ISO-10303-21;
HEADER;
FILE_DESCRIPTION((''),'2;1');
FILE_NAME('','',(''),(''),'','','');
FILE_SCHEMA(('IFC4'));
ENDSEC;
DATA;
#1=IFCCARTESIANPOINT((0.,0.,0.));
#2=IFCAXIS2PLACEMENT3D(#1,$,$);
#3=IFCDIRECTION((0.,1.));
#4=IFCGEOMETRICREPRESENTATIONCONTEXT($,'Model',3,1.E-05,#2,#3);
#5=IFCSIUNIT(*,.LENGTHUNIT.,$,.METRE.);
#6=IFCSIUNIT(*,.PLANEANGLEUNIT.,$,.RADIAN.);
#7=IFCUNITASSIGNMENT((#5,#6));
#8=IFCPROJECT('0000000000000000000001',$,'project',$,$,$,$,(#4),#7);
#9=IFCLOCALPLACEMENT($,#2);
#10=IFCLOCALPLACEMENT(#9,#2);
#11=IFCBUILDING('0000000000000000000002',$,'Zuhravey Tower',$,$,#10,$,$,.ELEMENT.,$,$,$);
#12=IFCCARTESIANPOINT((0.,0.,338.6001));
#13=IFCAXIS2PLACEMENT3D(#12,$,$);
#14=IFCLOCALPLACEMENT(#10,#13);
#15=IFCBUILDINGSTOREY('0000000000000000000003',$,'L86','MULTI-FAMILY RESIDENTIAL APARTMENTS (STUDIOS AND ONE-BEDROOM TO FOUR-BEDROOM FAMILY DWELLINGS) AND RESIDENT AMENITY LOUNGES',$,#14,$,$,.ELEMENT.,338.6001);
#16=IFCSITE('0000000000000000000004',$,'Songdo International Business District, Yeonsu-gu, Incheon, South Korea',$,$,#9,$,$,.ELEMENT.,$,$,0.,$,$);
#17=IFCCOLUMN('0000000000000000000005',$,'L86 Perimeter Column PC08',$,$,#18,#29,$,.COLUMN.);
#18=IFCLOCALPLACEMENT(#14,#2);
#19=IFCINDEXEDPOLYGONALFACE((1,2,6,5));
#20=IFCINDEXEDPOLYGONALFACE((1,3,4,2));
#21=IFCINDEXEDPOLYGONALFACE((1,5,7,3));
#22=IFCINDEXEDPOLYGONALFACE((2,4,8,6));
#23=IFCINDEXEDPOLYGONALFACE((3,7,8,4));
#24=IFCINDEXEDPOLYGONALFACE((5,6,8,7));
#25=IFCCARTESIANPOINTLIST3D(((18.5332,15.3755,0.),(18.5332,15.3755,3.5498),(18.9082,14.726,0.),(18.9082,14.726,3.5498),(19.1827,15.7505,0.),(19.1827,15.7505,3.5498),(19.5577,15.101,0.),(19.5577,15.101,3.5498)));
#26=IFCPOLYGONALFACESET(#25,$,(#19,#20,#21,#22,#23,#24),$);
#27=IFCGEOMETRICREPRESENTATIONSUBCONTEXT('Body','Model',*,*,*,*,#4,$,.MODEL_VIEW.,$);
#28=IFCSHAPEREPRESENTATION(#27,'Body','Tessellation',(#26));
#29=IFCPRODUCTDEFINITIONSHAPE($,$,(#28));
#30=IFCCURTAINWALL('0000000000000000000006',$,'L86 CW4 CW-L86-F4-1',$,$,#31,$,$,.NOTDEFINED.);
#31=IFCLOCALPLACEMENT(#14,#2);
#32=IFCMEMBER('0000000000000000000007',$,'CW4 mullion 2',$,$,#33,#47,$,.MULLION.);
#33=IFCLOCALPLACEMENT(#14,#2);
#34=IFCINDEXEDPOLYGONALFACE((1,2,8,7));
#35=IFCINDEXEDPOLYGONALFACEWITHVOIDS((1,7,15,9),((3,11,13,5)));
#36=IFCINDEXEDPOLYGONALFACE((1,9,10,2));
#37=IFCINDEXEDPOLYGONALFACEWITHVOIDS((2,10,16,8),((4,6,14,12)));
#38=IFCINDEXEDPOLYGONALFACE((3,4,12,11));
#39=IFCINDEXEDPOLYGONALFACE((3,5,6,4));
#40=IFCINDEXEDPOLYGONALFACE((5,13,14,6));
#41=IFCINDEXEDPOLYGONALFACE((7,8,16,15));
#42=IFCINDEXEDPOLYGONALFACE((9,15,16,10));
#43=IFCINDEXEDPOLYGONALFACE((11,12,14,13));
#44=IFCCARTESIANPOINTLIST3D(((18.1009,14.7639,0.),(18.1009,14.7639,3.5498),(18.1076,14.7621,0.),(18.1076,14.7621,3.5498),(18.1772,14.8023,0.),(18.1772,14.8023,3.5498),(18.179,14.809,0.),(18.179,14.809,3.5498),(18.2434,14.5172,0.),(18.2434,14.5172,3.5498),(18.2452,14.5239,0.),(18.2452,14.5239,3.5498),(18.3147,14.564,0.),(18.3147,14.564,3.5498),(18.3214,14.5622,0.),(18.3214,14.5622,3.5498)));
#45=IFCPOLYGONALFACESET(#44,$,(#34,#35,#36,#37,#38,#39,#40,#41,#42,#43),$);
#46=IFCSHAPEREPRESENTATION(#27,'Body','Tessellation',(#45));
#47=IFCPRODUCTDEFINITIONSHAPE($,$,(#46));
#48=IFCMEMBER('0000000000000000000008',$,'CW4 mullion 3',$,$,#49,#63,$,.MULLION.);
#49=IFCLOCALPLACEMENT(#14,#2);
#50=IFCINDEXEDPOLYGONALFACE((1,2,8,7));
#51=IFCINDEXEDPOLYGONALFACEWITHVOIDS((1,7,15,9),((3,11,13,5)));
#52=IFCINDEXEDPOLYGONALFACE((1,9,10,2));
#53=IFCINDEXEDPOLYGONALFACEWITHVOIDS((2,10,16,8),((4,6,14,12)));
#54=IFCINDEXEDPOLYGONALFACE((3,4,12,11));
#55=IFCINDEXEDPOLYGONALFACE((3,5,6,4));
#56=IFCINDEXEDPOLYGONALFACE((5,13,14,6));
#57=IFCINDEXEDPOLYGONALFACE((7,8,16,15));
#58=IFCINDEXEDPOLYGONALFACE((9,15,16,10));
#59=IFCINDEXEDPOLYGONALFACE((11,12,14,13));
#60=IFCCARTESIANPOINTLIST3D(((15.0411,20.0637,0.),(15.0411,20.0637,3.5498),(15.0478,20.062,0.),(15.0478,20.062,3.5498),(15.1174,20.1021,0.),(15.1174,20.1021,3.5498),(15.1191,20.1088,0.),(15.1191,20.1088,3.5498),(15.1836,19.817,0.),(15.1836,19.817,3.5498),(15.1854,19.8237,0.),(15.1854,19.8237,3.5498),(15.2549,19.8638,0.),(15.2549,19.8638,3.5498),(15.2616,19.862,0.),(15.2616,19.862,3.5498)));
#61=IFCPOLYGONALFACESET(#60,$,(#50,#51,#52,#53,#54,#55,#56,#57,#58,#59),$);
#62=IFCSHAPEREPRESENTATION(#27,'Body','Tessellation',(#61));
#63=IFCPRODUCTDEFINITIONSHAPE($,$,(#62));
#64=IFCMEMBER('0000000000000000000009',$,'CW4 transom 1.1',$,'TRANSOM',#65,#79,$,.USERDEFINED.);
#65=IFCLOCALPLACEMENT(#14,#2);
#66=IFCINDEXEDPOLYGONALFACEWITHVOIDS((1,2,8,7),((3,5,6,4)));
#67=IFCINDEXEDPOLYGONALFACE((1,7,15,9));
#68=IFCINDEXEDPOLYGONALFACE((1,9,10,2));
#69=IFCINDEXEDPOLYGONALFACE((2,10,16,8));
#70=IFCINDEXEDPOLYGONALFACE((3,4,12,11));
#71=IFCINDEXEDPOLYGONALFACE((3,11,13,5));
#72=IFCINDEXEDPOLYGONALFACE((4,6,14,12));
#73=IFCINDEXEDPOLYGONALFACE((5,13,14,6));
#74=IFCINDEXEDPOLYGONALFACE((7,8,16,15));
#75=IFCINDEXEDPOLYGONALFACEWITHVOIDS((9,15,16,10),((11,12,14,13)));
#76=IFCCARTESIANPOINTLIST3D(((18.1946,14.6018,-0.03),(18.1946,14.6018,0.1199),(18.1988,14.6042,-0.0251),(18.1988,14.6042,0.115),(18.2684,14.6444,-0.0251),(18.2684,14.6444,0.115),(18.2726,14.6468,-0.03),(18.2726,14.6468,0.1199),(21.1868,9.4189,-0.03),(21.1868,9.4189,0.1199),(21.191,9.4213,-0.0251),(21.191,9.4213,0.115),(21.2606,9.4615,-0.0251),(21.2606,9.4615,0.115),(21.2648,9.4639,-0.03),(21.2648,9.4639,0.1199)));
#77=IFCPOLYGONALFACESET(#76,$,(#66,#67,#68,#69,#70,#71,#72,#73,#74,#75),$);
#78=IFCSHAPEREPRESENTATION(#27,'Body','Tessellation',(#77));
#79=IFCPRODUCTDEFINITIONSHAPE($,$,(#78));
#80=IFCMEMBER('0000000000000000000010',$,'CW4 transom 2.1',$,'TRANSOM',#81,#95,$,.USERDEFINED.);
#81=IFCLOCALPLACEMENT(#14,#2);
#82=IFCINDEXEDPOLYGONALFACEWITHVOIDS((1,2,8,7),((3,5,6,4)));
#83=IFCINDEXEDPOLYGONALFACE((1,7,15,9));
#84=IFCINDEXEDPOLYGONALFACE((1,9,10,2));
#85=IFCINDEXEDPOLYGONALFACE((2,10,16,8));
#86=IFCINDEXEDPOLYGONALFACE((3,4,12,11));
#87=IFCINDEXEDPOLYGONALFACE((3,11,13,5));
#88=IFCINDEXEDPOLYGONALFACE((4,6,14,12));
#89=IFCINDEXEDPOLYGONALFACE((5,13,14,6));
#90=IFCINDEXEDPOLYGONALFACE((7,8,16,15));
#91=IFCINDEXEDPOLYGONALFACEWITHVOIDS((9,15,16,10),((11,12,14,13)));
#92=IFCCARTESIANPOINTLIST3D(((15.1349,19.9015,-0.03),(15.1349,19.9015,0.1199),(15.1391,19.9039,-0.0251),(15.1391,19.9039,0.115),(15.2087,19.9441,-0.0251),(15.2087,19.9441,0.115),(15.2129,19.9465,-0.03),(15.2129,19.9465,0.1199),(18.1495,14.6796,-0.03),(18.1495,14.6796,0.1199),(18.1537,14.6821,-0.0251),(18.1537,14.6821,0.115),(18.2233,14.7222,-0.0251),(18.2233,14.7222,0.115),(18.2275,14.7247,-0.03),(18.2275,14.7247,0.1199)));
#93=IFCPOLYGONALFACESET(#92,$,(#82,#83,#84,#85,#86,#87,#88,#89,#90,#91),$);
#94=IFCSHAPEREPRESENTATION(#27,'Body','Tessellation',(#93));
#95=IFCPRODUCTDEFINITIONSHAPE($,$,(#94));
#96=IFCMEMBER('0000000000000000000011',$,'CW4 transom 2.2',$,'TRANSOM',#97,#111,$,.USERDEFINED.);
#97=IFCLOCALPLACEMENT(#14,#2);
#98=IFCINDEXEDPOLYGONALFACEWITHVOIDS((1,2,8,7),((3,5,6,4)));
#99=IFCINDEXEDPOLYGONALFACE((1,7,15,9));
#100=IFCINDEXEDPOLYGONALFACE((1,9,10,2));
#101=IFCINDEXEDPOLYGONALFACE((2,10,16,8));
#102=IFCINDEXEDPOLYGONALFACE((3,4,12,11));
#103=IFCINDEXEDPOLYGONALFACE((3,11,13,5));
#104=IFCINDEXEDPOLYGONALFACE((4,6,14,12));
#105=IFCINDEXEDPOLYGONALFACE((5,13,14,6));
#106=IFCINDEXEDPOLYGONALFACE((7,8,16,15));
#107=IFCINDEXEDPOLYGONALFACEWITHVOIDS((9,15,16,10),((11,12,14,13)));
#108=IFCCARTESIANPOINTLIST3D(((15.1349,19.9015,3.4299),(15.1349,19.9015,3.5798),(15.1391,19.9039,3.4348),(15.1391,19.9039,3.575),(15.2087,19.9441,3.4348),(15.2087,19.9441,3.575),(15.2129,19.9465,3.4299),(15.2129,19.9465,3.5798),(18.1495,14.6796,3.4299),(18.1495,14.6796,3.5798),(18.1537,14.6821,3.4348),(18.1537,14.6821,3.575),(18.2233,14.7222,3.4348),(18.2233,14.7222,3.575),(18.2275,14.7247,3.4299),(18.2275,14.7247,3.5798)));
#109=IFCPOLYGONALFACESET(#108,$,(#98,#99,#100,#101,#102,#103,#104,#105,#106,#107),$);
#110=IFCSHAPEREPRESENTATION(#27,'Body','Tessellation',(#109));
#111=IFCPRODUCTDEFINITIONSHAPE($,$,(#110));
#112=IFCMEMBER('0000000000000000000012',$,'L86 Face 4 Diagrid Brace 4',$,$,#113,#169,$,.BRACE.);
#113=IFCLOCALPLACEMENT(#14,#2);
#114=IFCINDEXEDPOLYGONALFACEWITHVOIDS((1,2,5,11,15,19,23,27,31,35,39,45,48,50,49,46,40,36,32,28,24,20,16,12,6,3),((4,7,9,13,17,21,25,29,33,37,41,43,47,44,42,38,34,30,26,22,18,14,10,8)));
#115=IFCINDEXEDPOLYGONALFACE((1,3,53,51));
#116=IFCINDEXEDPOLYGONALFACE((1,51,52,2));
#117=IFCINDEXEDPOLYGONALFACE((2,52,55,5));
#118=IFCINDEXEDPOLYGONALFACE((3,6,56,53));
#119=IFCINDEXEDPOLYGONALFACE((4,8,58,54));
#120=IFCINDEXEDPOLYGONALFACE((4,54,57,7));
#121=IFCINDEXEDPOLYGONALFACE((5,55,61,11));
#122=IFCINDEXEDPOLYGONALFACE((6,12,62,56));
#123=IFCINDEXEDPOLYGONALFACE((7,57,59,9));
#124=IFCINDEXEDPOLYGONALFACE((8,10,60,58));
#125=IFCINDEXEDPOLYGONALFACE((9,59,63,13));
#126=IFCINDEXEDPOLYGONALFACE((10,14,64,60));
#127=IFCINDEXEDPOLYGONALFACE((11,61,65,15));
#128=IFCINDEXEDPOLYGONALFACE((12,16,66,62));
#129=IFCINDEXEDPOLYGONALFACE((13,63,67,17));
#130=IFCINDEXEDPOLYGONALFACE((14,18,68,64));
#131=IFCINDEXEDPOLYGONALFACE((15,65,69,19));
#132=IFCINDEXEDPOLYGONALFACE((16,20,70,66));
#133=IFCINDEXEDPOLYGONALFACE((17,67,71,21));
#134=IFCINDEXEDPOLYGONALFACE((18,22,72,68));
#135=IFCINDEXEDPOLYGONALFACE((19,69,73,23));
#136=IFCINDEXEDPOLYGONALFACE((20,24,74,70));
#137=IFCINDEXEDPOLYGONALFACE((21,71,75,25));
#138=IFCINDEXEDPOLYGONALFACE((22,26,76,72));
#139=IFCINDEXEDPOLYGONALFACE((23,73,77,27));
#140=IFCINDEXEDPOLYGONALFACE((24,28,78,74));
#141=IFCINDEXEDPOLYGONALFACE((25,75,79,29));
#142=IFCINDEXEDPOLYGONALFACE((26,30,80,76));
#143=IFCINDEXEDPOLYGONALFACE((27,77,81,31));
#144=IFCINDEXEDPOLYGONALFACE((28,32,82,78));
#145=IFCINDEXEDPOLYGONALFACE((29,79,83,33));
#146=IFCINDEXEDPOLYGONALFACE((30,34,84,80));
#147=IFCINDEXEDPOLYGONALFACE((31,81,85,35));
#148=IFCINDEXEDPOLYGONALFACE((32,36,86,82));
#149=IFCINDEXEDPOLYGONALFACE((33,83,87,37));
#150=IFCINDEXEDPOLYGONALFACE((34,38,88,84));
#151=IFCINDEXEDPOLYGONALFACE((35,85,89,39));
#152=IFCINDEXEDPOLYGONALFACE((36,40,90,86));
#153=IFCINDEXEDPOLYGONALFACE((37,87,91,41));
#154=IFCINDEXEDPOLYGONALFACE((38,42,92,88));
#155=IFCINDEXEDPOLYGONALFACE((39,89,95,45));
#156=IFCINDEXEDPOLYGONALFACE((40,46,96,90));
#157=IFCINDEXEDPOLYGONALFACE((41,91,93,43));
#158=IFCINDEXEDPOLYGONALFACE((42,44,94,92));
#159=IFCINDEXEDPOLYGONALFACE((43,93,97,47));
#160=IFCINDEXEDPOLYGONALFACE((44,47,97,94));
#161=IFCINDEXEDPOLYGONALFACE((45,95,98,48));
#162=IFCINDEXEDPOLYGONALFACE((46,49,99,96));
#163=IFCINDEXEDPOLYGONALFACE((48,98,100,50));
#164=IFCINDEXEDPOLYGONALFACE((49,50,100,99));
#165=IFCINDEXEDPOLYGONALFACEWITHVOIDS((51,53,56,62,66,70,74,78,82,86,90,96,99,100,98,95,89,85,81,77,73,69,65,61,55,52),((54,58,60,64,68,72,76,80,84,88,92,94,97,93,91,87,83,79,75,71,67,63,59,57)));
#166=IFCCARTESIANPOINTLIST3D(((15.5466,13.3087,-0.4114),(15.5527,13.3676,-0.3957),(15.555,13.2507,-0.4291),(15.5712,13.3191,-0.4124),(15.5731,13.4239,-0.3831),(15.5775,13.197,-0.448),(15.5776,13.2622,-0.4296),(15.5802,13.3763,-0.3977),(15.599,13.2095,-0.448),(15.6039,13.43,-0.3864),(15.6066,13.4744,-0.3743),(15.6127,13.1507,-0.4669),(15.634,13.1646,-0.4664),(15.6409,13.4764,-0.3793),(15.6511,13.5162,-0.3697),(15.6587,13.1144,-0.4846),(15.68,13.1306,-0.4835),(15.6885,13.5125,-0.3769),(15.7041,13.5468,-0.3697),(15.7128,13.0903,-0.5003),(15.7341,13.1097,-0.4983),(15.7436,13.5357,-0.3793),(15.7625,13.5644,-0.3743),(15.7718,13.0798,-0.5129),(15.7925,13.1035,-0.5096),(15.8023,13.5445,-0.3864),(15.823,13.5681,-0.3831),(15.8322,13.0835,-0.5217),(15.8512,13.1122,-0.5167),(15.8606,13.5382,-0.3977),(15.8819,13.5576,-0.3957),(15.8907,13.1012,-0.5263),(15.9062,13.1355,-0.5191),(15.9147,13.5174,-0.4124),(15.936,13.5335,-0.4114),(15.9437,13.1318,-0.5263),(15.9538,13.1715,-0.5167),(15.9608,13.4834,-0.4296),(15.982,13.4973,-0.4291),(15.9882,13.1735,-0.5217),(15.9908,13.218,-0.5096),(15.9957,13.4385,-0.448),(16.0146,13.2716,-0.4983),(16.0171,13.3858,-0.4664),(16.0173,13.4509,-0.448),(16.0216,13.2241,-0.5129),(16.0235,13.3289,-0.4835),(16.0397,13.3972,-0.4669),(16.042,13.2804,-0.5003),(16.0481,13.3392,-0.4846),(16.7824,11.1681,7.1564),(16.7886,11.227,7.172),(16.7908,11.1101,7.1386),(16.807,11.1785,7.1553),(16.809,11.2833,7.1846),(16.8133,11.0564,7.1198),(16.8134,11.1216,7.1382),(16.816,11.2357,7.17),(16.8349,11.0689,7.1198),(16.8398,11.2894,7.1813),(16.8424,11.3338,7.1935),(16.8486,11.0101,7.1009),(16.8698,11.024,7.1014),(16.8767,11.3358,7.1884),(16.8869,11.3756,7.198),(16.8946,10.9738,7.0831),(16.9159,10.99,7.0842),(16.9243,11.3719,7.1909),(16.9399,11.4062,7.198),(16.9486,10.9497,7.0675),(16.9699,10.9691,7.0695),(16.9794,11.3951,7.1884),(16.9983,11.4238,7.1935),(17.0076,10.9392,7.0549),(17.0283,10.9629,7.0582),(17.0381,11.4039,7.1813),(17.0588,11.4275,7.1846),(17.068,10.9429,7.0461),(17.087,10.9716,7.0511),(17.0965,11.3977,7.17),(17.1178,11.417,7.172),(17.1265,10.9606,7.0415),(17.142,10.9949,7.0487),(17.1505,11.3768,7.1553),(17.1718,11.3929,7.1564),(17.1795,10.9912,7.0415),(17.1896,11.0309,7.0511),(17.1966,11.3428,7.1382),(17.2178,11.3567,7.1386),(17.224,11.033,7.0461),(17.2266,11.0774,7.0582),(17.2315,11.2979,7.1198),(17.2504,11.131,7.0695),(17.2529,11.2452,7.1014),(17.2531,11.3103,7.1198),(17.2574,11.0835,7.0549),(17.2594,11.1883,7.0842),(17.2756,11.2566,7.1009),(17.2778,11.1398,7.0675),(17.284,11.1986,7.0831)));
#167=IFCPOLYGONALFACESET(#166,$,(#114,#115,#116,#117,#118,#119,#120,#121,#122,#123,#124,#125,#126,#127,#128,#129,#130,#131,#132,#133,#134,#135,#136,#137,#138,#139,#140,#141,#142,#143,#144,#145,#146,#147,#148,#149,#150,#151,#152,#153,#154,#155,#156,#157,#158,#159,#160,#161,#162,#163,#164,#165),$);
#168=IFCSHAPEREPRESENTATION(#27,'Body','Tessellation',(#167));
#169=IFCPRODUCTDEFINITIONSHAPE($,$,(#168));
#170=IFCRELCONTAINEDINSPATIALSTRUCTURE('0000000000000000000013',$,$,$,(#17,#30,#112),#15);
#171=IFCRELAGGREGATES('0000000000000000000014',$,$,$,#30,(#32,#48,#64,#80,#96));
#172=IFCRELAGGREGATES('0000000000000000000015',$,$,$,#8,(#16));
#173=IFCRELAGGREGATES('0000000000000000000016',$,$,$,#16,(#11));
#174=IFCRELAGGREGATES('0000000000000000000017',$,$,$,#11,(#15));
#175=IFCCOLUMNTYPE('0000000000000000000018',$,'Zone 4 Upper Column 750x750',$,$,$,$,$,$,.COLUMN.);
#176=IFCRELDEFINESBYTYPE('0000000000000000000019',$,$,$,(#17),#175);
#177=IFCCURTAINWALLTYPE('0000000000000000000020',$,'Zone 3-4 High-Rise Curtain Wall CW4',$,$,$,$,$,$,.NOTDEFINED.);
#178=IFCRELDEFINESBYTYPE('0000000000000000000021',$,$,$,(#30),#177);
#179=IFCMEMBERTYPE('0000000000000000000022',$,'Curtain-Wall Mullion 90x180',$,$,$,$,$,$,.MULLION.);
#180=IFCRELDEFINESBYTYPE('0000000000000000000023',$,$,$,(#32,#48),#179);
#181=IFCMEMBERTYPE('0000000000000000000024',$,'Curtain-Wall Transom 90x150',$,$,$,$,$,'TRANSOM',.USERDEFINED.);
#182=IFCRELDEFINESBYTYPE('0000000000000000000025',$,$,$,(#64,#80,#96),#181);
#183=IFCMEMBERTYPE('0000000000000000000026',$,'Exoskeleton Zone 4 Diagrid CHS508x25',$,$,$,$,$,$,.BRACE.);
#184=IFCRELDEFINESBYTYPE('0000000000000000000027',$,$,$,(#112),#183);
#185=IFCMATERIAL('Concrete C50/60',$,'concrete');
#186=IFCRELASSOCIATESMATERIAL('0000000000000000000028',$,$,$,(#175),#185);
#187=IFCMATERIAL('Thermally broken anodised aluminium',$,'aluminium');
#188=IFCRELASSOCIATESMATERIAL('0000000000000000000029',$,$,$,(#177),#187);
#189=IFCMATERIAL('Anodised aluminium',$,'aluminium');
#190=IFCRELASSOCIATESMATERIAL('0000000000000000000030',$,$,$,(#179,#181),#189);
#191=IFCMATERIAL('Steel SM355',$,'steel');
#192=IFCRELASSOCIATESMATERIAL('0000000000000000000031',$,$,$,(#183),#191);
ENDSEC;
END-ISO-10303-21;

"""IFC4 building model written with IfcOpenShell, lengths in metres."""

from ifc_helpers import new_model, si_unit, direction, frame, origin, origin_2d, place, context, subcontext, project, spatial, rectangle, hollow_rectangle, hollow_circle, extrude, material, material_profile, profile_set, type_object, element, aggregate, save


model = new_model("IFC4")

# Units and contexts
model_context = context("Model", 3, precision=1e-05, world=origin(), true_north=direction((0.0, 1.0)))
body_context = subcontext(model_context, "Body", "Model", "MODEL_VIEW")
ifc_project = project(units=[si_unit("LENGTHUNIT", "METRE"), si_unit("PLANEANGLEUNIT", "RADIAN")], contexts=[model_context])

# Site, building, storey
site_placement = place(None, origin())
site = spatial("IfcSite", under=ifc_project, at=site_placement, Name="Songdo International Business District, Yeonsu-gu, Incheon, South Korea", CompositionType="ELEMENT", RefElevation=0.0)
building_placement = place(site_placement, origin())
building = spatial("IfcBuilding", under=site, at=building_placement, Name="Zuhravey Tower", CompositionType="ELEMENT")
storey_placement = place(building_placement, frame((0.0, 0.0, 338.6001)))
storey = spatial("IfcBuildingStorey", under=building, at=storey_placement, Name="L86", Description="MULTI-FAMILY RESIDENTIAL APARTMENTS (STUDIOS AND ONE-BEDROOM TO FOUR-BEDROOM FAMILY DWELLINGS) AND RESIDENT AMENITY LOUNGES", CompositionType="ELEMENT", Elevation=338.6001)

# Column
ifc_material_1 = material(Name="Concrete C50/60", Category="concrete")
ifc_material_profile_1 = material_profile(ifc_material_1, rectangle(XDim=0.75, YDim=0.75, at=origin_2d()), Name="RC-750x750")
ifc_profile_set_1 = profile_set([ifc_material_profile_1], Name="Concrete C50/60")
column_type = type_object("IfcColumnType", Name="Zone 4 Upper Column 750x750", PredefinedType="COLUMN", material=ifc_profile_set_1)
column_placement = place(storey_placement, frame((19.0454, 15.2383, 0.0), z_axis=(0.0, 0.0, 1.0), x_axis=(0.5, -0.866025, 0.0)))
element("IfcColumn", 1, at=column_placement, inside=storey, type_object=column_type, Name="L86 Perimeter Column PC08", PredefinedType="COLUMN", context=body_context, shape_type="SweptSolid", body=[
    extrude(rectangle(XDim=0.75, YDim=0.75, at=origin_2d()), origin(), (0.0, 0.0, 1.0), 3.5498),
])

# Curtain wall, members
ifc_material_2 = material(Name="Thermally broken anodised aluminium", Category="aluminium")
curtain_wall_type = type_object("IfcCurtainWallType", Name="Zone 3-4 High-Rise Curtain Wall CW4", PredefinedType="NOTDEFINED", material=ifc_material_2)
curtain_wall_placement = place(storey_placement, origin())
curtain_wall = element("IfcCurtainWall", 2, at=curtain_wall_placement, inside=storey, type_object=curtain_wall_type, Name="L86 CW4 CW-L86-F4-1", PredefinedType="NOTDEFINED")
ifc_material_3 = material(Name="Anodised aluminium", Category="aluminium")
ifc_material_profile_2 = material_profile(ifc_material_3, hollow_rectangle(XDim=0.0901, YDim=0.2849, WallThickness=0.0049, at=origin_2d()), Name="ALU-RHS-90x285x5")
ifc_profile_set_2 = profile_set([ifc_material_profile_2], Name="Anodised aluminium")
member_type_1 = type_object("IfcMemberType", Name="Curtain-Wall Mullion 90x180", PredefinedType="MULLION", material=ifc_profile_set_2)
member_1_placement = place(storey_placement, frame((18.2112, 14.6631, 0.0), z_axis=(0.0, 0.0, 1.0), x_axis=(-0.866026, -0.5, 0.0)))
member_1 = element("IfcMember", 3, at=member_1_placement, type_object=member_type_1, Name="CW4 mullion 2", PredefinedType="MULLION", context=body_context, shape_type="SweptSolid", body=[
    extrude(hollow_rectangle(XDim=0.0901, YDim=0.2849, WallThickness=0.0049, at=origin_2d()), origin(), (0.0, 0.0, 1.0), 3.5498),
])
member_2_placement = place(storey_placement, frame((15.1514, 19.9629, 0.0), z_axis=(0.0, 0.0, 1.0), x_axis=(-0.866026, -0.5, 0.0)))
member_2 = element("IfcMember", 4, at=member_2_placement, type_object=member_type_1, Name="CW4 mullion 3", PredefinedType="MULLION", context=body_context, shape_type="SweptSolid", body=[
    extrude(hollow_rectangle(XDim=0.0901, YDim=0.2849, WallThickness=0.0049, at=origin_2d()), origin(), (0.0, 0.0, 1.0), 3.5498),
])
ifc_material_profile_3 = material_profile(ifc_material_3, hollow_rectangle(XDim=0.0901, YDim=0.1499, WallThickness=0.0049, at=origin_2d()), Name="ALU-RHS-90x150x5")
ifc_profile_set_3 = profile_set([ifc_material_profile_3], Name="Anodised aluminium")
member_type_2 = type_object("IfcMemberType", Name="Curtain-Wall Transom 90x150", ElementType="TRANSOM", PredefinedType="USERDEFINED", material=ifc_profile_set_3)
member_3_placement = place(storey_placement, frame((21.2258, 9.4414, 0.0449), z_axis=(-0.499983, 0.866035, 0.0), x_axis=(-0.866035, -0.499983, 0.0)))
member_3 = element("IfcMember", 5, at=member_3_placement, type_object=member_type_2, Name="CW4 transom 1.1", ObjectType="TRANSOM", PredefinedType="USERDEFINED", context=body_context, shape_type="SweptSolid", body=[
    extrude(hollow_rectangle(XDim=0.0901, YDim=0.1499, WallThickness=0.0049, at=origin_2d()), origin(), (0.0, 0.0, 1.0), 5.9846),
])
member_4_placement = place(storey_placement, frame((18.1885, 14.7021, 0.0449), z_axis=(-0.499971, 0.866042, 0.0), x_axis=(-0.866042, -0.499971, 0.0)))
member_4 = element("IfcMember", 6, at=member_4_placement, type_object=member_type_2, Name="CW4 transom 2.1", ObjectType="TRANSOM", PredefinedType="USERDEFINED", context=body_context, shape_type="SweptSolid", body=[
    extrude(hollow_rectangle(XDim=0.0901, YDim=0.1499, WallThickness=0.0049, at=origin_2d()), origin(), (0.0, 0.0, 1.0), 6.0295),
])
member_5_placement = place(storey_placement, frame((18.1885, 14.7021, 3.5049), z_axis=(-0.499971, 0.866042, 0.0), x_axis=(-0.866042, -0.499971, 0.0)))
member_5 = element("IfcMember", 7, at=member_5_placement, type_object=member_type_2, Name="CW4 transom 2.2", ObjectType="TRANSOM", PredefinedType="USERDEFINED", context=body_context, shape_type="SweptSolid", body=[
    extrude(hollow_rectangle(XDim=0.0901, YDim=0.1499, WallThickness=0.0049, at=origin_2d()), origin(), (0.0, 0.0, 1.0), 6.0295),
])

# Member
ifc_material_4 = material(Name="Steel SM355", Category="steel")
ifc_material_profile_4 = material_profile(ifc_material_4, hollow_circle(Radius=0.2539, WallThickness=0.0249, at=origin_2d()), Name="CHS-508.0x25")
ifc_profile_set_4 = profile_set([ifc_material_profile_4], Name="Steel SM355")
member_type_3 = type_object("IfcMemberType", Name="Exoskeleton Zone 4 Diagrid CHS508x25", PredefinedType="BRACE", material=ifc_profile_set_4)
member_6_placement = place(storey_placement, frame((15.7974, 13.324, -0.448), z_axis=(0.155231, -0.268879, 0.950583), x_axis=(0.866034, 0.499985, 0.0)))
element("IfcMember", 8, at=member_6_placement, inside=storey, type_object=member_type_3, Name="L86 Face 4 Diagrid Brace 4", PredefinedType="BRACE", context=body_context, shape_type="SweptSolid", body=[
    extrude(hollow_circle(Radius=0.2539, WallThickness=0.0249, at=origin_2d()), origin(), (0.0, 0.0, 1.0), 7.9612),
])

aggregate(curtain_wall, [member_1, member_2, member_3, member_4, member_5])

save(model, "model.ifc")
